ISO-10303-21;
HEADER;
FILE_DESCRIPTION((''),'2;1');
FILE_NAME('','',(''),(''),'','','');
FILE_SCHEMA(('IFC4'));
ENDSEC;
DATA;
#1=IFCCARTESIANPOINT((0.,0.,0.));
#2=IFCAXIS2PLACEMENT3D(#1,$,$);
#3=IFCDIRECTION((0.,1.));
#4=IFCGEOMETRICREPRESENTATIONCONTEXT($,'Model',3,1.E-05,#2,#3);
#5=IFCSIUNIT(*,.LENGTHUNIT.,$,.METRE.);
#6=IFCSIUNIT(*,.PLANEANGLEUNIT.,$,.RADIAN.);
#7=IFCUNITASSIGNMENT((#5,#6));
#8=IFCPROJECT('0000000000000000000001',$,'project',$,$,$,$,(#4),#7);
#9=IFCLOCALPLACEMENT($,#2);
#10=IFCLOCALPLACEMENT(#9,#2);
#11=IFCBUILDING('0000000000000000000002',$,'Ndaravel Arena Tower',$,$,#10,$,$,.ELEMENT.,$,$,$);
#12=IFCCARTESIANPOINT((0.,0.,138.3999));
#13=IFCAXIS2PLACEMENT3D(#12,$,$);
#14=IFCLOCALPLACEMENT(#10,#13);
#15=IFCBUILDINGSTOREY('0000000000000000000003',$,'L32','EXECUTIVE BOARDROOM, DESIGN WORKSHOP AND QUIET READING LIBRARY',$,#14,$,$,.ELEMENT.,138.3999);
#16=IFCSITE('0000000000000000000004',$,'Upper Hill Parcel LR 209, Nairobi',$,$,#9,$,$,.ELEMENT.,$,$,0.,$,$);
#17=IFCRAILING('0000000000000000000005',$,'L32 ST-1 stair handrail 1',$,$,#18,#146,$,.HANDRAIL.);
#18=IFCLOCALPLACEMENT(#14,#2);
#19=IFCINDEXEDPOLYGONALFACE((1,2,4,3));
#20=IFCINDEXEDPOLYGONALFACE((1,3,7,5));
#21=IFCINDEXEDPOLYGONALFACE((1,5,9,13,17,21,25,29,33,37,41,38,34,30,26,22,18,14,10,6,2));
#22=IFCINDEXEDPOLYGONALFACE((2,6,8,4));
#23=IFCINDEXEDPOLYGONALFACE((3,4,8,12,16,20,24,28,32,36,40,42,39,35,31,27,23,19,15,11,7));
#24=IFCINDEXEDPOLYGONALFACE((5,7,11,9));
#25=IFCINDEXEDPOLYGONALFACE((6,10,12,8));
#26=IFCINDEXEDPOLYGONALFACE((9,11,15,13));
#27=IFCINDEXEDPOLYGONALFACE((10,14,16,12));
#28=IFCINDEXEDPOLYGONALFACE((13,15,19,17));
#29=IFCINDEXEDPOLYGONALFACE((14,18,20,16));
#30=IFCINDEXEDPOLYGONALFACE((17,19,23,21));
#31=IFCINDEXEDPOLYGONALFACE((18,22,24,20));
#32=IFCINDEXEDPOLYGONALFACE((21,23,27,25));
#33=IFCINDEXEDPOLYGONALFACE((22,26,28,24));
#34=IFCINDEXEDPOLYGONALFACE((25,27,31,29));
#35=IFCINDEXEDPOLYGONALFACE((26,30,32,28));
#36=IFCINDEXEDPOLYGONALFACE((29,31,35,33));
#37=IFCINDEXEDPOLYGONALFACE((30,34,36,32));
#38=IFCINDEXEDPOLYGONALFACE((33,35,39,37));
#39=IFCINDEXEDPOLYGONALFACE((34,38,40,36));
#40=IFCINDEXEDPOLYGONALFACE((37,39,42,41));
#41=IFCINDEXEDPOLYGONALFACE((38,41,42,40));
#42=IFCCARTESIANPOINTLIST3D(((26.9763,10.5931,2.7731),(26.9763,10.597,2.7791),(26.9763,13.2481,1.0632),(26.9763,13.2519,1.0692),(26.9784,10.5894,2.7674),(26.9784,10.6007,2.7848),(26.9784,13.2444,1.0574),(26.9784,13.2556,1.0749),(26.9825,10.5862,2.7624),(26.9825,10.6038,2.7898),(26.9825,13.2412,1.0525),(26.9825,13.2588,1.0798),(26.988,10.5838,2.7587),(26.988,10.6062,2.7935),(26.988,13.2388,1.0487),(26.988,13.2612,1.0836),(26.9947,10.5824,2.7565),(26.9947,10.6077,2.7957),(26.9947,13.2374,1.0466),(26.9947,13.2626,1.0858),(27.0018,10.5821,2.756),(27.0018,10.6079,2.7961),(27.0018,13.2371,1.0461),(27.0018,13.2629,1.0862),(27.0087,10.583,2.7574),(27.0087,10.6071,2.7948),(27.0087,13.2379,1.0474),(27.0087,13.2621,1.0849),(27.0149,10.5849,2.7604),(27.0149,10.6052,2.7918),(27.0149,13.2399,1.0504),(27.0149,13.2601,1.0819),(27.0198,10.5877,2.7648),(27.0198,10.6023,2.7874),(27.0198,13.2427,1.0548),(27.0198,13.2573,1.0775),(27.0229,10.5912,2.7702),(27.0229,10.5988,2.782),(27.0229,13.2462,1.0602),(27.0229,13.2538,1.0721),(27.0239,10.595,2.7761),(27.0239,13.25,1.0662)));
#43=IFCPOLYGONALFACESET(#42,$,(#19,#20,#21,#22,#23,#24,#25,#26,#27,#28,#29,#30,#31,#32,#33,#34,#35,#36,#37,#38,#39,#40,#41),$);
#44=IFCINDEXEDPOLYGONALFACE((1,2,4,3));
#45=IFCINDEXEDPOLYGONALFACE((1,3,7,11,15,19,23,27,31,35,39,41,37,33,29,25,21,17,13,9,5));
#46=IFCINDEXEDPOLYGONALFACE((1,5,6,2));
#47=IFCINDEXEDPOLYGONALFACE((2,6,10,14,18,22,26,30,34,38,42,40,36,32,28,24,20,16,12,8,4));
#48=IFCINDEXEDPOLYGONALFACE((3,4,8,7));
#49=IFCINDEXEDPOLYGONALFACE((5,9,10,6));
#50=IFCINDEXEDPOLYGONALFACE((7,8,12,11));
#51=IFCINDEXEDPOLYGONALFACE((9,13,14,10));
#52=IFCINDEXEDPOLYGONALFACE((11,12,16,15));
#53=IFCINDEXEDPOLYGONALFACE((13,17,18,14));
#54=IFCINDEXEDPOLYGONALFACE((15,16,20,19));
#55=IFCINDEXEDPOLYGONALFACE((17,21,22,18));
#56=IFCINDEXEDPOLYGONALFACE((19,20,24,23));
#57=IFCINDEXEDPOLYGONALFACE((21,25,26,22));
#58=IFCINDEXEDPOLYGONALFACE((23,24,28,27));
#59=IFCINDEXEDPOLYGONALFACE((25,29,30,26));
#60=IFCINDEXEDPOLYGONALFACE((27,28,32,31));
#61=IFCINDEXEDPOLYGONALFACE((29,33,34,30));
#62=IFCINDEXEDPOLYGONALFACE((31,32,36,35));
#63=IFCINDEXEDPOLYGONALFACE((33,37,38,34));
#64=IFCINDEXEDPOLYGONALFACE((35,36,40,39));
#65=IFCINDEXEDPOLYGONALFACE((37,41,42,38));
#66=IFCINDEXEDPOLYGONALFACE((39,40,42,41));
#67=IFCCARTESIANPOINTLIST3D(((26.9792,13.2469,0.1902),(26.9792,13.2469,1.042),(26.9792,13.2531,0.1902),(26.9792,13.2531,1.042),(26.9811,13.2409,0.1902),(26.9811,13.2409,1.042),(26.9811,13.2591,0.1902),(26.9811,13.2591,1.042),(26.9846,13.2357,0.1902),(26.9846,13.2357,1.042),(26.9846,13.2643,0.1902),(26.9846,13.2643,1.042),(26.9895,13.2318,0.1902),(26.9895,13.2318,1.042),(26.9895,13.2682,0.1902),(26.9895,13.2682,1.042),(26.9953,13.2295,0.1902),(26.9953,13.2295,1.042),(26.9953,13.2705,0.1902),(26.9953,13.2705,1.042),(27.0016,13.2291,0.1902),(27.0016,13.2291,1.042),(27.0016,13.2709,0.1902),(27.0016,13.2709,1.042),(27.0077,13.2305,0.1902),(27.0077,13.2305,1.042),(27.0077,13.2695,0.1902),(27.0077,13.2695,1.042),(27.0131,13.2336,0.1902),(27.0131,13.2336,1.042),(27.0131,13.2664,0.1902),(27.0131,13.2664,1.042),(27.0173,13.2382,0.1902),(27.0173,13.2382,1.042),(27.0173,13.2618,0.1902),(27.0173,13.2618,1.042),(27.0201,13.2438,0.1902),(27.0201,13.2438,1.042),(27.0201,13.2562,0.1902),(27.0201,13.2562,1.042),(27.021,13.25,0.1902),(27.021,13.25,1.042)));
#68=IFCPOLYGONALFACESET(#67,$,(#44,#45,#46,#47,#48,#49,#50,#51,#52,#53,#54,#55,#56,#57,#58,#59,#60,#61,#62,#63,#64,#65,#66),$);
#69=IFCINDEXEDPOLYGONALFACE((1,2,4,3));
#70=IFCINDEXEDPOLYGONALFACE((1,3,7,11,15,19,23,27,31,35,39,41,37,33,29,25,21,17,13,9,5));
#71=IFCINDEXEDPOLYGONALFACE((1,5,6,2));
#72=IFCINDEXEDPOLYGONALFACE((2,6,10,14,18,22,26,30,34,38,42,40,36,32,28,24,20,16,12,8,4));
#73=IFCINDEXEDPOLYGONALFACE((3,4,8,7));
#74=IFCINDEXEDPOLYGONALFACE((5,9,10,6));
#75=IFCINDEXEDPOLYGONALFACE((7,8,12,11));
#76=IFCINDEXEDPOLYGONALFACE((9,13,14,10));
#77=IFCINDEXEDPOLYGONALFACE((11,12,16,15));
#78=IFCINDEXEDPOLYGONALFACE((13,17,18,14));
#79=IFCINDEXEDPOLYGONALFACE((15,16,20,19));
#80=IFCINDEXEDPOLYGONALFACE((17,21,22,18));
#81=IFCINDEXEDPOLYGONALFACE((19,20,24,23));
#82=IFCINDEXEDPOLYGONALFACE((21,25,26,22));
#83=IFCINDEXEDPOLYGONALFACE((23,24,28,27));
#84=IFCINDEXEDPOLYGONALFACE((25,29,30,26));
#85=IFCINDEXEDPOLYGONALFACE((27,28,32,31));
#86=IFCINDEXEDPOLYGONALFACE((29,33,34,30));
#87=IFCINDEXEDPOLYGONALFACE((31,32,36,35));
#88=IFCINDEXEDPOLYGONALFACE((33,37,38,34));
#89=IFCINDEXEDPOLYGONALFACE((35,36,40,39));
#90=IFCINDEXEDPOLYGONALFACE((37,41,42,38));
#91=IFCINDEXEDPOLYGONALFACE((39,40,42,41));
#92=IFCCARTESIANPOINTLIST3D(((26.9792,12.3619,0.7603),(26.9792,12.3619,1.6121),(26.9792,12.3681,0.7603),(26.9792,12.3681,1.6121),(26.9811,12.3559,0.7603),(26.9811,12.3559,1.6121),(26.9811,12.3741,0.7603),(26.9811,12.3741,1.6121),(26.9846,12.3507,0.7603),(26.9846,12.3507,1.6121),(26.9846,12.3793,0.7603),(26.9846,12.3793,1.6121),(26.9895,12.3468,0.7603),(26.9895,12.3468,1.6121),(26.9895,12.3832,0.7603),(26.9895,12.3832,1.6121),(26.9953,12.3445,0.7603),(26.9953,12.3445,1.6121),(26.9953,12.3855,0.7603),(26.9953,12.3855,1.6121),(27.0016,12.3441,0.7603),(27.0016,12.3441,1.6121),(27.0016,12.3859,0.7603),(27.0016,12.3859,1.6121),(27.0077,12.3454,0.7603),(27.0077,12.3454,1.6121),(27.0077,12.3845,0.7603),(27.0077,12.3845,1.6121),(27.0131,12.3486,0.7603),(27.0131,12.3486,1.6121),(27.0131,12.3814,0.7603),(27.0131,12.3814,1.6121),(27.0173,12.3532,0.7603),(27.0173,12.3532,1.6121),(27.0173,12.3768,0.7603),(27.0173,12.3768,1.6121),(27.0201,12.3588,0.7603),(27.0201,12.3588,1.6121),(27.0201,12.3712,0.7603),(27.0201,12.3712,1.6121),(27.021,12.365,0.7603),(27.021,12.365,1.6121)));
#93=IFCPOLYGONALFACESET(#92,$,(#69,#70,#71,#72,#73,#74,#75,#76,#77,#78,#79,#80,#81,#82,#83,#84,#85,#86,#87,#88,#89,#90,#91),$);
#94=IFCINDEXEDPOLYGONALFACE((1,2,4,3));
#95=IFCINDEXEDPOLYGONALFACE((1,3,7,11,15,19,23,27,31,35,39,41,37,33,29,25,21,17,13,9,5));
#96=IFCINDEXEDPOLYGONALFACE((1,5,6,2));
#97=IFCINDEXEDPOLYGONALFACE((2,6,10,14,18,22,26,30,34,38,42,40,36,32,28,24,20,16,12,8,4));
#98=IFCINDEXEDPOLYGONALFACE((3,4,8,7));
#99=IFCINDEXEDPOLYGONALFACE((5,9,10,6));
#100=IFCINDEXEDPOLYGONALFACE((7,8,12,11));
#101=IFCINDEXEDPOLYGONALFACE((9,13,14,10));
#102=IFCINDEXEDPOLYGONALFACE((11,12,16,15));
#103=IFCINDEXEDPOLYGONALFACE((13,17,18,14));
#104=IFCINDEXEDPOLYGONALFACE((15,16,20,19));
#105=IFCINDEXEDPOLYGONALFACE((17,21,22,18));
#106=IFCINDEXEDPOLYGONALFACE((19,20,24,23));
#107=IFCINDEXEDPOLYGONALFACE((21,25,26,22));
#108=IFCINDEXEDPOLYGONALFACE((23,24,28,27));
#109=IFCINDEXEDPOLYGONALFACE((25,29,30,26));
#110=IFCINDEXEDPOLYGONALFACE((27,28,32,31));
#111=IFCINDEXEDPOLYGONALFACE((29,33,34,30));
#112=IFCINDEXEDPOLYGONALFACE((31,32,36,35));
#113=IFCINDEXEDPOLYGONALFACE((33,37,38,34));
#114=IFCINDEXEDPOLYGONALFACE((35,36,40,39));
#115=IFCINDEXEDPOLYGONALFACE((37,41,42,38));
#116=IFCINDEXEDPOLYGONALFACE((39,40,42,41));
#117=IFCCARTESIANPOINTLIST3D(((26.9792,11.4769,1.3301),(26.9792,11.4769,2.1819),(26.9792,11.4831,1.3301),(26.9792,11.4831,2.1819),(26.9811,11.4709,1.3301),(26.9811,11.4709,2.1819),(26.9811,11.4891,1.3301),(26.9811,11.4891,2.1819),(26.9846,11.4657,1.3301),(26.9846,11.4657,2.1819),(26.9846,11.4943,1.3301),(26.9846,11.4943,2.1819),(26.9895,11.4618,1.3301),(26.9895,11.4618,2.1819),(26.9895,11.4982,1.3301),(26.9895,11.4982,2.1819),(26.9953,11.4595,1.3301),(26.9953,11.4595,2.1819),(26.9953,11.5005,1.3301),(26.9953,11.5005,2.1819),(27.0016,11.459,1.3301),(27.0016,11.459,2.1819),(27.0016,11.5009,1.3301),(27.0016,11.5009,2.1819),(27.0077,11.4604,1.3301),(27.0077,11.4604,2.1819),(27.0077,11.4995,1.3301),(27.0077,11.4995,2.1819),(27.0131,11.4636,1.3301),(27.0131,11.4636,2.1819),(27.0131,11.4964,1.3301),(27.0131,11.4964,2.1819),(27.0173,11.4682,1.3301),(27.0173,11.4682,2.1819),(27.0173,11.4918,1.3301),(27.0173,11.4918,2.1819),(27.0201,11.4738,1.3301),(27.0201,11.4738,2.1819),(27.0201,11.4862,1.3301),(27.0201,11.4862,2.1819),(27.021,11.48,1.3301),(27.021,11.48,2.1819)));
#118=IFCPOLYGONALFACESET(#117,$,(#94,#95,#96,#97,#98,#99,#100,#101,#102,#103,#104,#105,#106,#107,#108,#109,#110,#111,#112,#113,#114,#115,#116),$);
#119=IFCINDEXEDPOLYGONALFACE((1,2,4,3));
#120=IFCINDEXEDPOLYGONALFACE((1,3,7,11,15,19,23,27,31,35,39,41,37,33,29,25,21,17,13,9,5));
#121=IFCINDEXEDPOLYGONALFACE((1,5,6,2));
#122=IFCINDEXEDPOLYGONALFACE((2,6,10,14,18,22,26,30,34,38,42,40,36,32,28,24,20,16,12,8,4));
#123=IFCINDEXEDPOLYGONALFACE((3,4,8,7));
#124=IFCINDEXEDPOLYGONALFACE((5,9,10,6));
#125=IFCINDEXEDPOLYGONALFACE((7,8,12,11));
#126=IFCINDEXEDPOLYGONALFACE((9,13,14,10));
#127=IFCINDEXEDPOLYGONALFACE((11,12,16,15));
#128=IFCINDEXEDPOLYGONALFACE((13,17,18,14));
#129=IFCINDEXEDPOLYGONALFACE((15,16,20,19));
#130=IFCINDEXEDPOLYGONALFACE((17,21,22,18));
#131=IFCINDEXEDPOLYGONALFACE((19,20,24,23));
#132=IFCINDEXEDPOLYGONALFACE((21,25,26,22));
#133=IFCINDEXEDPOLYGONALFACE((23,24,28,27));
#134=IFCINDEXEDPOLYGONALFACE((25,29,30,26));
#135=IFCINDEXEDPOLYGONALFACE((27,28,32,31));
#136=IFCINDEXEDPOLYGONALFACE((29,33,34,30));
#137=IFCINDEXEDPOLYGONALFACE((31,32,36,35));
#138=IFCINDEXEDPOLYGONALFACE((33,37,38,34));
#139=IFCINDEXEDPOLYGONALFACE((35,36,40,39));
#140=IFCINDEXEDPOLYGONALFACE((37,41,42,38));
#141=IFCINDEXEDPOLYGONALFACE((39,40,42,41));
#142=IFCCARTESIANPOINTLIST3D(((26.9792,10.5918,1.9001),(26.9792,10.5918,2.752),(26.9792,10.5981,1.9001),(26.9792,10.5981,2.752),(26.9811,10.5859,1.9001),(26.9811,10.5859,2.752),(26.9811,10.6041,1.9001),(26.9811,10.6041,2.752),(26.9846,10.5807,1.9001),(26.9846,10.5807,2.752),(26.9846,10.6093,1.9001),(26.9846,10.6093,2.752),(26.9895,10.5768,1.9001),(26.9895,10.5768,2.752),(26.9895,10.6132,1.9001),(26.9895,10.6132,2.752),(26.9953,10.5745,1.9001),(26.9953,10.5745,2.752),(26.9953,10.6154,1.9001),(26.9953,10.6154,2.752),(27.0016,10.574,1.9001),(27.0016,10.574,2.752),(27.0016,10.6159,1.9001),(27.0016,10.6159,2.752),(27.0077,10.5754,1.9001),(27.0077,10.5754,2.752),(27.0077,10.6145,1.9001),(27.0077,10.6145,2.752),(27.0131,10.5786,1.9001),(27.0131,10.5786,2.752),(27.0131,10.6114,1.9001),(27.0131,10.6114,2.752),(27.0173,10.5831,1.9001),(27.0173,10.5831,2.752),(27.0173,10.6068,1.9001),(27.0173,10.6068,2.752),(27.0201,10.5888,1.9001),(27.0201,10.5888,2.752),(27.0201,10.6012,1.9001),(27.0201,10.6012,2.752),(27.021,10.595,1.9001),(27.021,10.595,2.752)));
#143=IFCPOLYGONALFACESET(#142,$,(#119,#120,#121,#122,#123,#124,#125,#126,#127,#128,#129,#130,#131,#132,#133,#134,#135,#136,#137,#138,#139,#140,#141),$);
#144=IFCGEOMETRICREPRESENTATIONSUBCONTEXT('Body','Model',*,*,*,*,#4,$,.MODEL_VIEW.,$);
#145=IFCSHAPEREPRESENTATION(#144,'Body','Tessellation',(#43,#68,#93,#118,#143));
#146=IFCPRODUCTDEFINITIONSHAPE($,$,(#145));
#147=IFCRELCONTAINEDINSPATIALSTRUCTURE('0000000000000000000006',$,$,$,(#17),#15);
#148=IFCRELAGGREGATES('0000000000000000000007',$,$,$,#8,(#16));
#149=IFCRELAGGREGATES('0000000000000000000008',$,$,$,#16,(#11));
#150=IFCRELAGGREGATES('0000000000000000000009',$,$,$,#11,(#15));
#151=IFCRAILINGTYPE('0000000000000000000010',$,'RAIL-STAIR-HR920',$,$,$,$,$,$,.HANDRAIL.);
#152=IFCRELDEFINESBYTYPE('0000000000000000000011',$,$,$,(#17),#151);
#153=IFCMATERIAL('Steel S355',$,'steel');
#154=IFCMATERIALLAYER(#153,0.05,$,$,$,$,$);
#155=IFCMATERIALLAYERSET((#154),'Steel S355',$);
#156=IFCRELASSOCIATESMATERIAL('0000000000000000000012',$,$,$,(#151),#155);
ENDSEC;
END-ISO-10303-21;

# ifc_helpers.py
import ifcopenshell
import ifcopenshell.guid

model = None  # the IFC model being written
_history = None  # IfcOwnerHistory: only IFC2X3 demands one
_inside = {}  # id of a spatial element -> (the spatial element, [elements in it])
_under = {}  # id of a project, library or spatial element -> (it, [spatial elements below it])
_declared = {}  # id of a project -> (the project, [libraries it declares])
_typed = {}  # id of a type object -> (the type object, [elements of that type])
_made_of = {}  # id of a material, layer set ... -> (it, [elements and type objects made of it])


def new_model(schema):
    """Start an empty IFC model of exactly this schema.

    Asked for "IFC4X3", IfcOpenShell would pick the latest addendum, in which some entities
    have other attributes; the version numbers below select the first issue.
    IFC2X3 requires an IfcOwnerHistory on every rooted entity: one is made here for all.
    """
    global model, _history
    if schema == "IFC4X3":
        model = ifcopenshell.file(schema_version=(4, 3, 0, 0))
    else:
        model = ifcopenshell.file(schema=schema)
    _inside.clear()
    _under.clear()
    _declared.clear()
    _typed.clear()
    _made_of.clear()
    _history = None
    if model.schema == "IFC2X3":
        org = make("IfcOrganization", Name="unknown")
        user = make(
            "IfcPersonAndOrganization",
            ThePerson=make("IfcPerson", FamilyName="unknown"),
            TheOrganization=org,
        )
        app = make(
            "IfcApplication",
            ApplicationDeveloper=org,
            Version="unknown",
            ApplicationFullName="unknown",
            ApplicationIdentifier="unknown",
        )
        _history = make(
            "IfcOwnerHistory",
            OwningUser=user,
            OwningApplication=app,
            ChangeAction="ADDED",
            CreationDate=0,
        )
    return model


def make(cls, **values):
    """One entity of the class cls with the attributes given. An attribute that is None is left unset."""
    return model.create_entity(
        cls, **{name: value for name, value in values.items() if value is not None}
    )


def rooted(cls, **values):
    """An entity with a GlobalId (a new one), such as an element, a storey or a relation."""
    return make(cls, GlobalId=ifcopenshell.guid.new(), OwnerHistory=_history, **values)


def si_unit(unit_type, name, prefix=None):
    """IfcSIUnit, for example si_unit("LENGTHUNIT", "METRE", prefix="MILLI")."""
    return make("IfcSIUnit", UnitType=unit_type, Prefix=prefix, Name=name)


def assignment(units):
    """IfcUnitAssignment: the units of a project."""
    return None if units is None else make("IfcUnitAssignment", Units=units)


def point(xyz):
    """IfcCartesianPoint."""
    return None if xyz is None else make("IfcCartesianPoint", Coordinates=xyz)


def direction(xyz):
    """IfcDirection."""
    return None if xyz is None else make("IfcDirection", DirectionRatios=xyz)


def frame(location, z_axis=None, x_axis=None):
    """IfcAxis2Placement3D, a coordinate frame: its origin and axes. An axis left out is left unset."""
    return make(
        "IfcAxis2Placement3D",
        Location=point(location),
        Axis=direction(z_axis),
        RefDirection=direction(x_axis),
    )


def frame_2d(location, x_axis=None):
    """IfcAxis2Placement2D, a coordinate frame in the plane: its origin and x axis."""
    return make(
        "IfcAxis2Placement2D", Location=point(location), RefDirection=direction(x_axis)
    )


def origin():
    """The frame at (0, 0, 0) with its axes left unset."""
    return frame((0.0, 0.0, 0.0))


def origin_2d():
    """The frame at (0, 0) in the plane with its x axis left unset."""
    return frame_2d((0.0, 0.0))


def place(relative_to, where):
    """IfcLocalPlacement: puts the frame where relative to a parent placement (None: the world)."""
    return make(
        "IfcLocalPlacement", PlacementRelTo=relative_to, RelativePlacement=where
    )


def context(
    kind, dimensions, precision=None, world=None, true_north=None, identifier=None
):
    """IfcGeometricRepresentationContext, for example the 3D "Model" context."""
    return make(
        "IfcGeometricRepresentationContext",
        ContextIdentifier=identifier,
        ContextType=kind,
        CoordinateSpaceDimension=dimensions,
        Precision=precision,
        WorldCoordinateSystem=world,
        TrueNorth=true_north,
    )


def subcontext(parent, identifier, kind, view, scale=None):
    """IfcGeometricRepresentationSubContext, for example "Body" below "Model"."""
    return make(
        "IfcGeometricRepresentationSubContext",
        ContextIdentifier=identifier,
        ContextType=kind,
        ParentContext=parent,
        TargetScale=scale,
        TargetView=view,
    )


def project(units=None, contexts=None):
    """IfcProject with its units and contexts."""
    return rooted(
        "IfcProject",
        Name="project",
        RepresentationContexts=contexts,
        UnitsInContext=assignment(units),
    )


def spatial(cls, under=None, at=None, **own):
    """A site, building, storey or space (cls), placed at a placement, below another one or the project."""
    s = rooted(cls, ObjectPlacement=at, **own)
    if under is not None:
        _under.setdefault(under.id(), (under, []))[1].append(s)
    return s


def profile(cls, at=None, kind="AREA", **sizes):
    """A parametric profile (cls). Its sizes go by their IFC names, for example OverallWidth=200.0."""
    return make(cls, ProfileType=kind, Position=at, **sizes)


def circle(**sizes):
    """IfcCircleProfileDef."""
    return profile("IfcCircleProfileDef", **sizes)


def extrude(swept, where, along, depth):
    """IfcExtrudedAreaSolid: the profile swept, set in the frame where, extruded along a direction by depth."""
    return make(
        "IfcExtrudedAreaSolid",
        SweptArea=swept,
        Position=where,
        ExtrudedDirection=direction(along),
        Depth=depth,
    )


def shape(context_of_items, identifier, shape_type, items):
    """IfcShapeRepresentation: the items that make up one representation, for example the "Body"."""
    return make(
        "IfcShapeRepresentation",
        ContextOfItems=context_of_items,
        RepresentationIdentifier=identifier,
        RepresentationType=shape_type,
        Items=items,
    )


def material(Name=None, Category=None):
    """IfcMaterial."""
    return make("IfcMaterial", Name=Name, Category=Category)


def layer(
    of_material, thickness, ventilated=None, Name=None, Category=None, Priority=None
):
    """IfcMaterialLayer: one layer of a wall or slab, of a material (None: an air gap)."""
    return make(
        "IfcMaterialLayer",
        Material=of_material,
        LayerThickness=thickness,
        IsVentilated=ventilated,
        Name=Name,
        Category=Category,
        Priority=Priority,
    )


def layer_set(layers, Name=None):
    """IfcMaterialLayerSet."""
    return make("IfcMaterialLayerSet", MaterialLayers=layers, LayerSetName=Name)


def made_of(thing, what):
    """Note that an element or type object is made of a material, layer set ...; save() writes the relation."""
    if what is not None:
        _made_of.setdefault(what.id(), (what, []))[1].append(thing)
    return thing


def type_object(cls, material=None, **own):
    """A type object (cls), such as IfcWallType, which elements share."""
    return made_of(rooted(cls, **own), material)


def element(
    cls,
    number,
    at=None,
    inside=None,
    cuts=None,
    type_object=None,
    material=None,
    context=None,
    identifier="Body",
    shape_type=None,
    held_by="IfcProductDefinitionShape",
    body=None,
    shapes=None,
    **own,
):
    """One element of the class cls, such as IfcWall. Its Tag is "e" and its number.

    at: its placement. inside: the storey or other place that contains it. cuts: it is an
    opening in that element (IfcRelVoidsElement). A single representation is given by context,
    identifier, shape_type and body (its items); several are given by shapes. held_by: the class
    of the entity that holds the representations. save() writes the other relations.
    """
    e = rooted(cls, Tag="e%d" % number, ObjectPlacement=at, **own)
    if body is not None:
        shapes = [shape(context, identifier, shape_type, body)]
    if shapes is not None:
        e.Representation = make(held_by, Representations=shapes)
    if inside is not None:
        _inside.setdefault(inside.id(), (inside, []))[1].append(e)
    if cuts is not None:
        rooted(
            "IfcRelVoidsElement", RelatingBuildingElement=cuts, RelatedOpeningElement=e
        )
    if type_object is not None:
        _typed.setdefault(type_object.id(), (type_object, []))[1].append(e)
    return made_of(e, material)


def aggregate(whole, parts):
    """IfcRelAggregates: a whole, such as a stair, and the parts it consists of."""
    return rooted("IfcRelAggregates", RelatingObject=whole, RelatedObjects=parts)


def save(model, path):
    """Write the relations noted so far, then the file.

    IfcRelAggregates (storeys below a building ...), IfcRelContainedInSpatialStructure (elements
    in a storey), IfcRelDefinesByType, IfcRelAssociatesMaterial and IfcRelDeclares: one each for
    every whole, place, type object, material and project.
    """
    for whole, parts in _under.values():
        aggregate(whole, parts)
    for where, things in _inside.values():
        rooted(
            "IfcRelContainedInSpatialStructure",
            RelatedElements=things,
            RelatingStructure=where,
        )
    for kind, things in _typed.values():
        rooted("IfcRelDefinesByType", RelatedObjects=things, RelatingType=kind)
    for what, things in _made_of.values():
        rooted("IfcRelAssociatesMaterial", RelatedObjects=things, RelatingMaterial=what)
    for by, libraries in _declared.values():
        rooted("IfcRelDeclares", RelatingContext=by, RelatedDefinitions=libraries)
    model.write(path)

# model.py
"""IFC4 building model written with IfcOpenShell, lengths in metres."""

from ifc_helpers import new_model, si_unit, direction, frame, origin, origin_2d, place, context, subcontext, project, spatial, circle, extrude, material, layer, layer_set, type_object, element, save


model = new_model("IFC4")

# Units and contexts
model_context = context("Model", 3, precision=1e-05, world=origin(), true_north=direction((0.0, 1.0)))
body_context = subcontext(model_context, "Body", "Model", "MODEL_VIEW")
ifc_project = project(units=[si_unit("LENGTHUNIT", "METRE"), si_unit("PLANEANGLEUNIT", "RADIAN")], contexts=[model_context])

# Site, building, storey
site_placement = place(None, origin())
site = spatial("IfcSite", under=ifc_project, at=site_placement, Name="Upper Hill Parcel LR 209, Nairobi", CompositionType="ELEMENT", RefElevation=0.0)
building_placement = place(site_placement, origin())
building = spatial("IfcBuilding", under=site, at=building_placement, Name="Ndaravel Arena Tower", CompositionType="ELEMENT")
storey_placement = place(building_placement, frame((0.0, 0.0, 138.3999)))
storey = spatial("IfcBuildingStorey", under=building, at=storey_placement, Name="L32", Description="EXECUTIVE BOARDROOM, DESIGN WORKSHOP AND QUIET READING LIBRARY", CompositionType="ELEMENT", Elevation=138.3999)

# Railing
ifc_material_1 = material(Name="Steel S355", Category="steel")
ifc_layer_1 = layer(ifc_material_1, 0.05)
ifc_layer_set_1 = layer_set([ifc_layer_1], Name="Steel S355")
railing_type = type_object("IfcRailingType", Name="RAIL-STAIR-HR920", PredefinedType="HANDRAIL", material=ifc_layer_set_1)
railing_placement = place(storey_placement, frame((27.0, 13.25, 0.1902)))
element("IfcRailing", 1, at=railing_placement, inside=storey, type_object=railing_type, Name="L32 ST-1 stair handrail 1", PredefinedType="HANDRAIL", context=body_context, shape_type="SweptSolid", body=[
    extrude(circle(Radius=0.0239, at=origin_2d()), frame((0.0, 0.0, 0.876), z_axis=(0.0, -0.840724, 0.541465), x_axis=(1.0, 0.0, 0.0)), (0.0, 0.0, 1.0), 3.158),
    extrude(circle(Radius=0.021, at=origin_2d()), origin(), (0.0, 0.0, 1.0), 0.8518),
    extrude(circle(Radius=0.021, at=origin_2d()), frame((0.0, -0.885, 0.5701)), (0.0, 0.0, 1.0), 0.8518),
    extrude(circle(Radius=0.021, at=origin_2d()), frame((0.0, -1.77, 1.1399)), (0.0, 0.0, 1.0), 0.8518),
    extrude(circle(Radius=0.021, at=origin_2d()), frame((0.0, -2.655, 1.71)), (0.0, 0.0, 1.0), 0.8518),
])

save(model, "model.ifc")
